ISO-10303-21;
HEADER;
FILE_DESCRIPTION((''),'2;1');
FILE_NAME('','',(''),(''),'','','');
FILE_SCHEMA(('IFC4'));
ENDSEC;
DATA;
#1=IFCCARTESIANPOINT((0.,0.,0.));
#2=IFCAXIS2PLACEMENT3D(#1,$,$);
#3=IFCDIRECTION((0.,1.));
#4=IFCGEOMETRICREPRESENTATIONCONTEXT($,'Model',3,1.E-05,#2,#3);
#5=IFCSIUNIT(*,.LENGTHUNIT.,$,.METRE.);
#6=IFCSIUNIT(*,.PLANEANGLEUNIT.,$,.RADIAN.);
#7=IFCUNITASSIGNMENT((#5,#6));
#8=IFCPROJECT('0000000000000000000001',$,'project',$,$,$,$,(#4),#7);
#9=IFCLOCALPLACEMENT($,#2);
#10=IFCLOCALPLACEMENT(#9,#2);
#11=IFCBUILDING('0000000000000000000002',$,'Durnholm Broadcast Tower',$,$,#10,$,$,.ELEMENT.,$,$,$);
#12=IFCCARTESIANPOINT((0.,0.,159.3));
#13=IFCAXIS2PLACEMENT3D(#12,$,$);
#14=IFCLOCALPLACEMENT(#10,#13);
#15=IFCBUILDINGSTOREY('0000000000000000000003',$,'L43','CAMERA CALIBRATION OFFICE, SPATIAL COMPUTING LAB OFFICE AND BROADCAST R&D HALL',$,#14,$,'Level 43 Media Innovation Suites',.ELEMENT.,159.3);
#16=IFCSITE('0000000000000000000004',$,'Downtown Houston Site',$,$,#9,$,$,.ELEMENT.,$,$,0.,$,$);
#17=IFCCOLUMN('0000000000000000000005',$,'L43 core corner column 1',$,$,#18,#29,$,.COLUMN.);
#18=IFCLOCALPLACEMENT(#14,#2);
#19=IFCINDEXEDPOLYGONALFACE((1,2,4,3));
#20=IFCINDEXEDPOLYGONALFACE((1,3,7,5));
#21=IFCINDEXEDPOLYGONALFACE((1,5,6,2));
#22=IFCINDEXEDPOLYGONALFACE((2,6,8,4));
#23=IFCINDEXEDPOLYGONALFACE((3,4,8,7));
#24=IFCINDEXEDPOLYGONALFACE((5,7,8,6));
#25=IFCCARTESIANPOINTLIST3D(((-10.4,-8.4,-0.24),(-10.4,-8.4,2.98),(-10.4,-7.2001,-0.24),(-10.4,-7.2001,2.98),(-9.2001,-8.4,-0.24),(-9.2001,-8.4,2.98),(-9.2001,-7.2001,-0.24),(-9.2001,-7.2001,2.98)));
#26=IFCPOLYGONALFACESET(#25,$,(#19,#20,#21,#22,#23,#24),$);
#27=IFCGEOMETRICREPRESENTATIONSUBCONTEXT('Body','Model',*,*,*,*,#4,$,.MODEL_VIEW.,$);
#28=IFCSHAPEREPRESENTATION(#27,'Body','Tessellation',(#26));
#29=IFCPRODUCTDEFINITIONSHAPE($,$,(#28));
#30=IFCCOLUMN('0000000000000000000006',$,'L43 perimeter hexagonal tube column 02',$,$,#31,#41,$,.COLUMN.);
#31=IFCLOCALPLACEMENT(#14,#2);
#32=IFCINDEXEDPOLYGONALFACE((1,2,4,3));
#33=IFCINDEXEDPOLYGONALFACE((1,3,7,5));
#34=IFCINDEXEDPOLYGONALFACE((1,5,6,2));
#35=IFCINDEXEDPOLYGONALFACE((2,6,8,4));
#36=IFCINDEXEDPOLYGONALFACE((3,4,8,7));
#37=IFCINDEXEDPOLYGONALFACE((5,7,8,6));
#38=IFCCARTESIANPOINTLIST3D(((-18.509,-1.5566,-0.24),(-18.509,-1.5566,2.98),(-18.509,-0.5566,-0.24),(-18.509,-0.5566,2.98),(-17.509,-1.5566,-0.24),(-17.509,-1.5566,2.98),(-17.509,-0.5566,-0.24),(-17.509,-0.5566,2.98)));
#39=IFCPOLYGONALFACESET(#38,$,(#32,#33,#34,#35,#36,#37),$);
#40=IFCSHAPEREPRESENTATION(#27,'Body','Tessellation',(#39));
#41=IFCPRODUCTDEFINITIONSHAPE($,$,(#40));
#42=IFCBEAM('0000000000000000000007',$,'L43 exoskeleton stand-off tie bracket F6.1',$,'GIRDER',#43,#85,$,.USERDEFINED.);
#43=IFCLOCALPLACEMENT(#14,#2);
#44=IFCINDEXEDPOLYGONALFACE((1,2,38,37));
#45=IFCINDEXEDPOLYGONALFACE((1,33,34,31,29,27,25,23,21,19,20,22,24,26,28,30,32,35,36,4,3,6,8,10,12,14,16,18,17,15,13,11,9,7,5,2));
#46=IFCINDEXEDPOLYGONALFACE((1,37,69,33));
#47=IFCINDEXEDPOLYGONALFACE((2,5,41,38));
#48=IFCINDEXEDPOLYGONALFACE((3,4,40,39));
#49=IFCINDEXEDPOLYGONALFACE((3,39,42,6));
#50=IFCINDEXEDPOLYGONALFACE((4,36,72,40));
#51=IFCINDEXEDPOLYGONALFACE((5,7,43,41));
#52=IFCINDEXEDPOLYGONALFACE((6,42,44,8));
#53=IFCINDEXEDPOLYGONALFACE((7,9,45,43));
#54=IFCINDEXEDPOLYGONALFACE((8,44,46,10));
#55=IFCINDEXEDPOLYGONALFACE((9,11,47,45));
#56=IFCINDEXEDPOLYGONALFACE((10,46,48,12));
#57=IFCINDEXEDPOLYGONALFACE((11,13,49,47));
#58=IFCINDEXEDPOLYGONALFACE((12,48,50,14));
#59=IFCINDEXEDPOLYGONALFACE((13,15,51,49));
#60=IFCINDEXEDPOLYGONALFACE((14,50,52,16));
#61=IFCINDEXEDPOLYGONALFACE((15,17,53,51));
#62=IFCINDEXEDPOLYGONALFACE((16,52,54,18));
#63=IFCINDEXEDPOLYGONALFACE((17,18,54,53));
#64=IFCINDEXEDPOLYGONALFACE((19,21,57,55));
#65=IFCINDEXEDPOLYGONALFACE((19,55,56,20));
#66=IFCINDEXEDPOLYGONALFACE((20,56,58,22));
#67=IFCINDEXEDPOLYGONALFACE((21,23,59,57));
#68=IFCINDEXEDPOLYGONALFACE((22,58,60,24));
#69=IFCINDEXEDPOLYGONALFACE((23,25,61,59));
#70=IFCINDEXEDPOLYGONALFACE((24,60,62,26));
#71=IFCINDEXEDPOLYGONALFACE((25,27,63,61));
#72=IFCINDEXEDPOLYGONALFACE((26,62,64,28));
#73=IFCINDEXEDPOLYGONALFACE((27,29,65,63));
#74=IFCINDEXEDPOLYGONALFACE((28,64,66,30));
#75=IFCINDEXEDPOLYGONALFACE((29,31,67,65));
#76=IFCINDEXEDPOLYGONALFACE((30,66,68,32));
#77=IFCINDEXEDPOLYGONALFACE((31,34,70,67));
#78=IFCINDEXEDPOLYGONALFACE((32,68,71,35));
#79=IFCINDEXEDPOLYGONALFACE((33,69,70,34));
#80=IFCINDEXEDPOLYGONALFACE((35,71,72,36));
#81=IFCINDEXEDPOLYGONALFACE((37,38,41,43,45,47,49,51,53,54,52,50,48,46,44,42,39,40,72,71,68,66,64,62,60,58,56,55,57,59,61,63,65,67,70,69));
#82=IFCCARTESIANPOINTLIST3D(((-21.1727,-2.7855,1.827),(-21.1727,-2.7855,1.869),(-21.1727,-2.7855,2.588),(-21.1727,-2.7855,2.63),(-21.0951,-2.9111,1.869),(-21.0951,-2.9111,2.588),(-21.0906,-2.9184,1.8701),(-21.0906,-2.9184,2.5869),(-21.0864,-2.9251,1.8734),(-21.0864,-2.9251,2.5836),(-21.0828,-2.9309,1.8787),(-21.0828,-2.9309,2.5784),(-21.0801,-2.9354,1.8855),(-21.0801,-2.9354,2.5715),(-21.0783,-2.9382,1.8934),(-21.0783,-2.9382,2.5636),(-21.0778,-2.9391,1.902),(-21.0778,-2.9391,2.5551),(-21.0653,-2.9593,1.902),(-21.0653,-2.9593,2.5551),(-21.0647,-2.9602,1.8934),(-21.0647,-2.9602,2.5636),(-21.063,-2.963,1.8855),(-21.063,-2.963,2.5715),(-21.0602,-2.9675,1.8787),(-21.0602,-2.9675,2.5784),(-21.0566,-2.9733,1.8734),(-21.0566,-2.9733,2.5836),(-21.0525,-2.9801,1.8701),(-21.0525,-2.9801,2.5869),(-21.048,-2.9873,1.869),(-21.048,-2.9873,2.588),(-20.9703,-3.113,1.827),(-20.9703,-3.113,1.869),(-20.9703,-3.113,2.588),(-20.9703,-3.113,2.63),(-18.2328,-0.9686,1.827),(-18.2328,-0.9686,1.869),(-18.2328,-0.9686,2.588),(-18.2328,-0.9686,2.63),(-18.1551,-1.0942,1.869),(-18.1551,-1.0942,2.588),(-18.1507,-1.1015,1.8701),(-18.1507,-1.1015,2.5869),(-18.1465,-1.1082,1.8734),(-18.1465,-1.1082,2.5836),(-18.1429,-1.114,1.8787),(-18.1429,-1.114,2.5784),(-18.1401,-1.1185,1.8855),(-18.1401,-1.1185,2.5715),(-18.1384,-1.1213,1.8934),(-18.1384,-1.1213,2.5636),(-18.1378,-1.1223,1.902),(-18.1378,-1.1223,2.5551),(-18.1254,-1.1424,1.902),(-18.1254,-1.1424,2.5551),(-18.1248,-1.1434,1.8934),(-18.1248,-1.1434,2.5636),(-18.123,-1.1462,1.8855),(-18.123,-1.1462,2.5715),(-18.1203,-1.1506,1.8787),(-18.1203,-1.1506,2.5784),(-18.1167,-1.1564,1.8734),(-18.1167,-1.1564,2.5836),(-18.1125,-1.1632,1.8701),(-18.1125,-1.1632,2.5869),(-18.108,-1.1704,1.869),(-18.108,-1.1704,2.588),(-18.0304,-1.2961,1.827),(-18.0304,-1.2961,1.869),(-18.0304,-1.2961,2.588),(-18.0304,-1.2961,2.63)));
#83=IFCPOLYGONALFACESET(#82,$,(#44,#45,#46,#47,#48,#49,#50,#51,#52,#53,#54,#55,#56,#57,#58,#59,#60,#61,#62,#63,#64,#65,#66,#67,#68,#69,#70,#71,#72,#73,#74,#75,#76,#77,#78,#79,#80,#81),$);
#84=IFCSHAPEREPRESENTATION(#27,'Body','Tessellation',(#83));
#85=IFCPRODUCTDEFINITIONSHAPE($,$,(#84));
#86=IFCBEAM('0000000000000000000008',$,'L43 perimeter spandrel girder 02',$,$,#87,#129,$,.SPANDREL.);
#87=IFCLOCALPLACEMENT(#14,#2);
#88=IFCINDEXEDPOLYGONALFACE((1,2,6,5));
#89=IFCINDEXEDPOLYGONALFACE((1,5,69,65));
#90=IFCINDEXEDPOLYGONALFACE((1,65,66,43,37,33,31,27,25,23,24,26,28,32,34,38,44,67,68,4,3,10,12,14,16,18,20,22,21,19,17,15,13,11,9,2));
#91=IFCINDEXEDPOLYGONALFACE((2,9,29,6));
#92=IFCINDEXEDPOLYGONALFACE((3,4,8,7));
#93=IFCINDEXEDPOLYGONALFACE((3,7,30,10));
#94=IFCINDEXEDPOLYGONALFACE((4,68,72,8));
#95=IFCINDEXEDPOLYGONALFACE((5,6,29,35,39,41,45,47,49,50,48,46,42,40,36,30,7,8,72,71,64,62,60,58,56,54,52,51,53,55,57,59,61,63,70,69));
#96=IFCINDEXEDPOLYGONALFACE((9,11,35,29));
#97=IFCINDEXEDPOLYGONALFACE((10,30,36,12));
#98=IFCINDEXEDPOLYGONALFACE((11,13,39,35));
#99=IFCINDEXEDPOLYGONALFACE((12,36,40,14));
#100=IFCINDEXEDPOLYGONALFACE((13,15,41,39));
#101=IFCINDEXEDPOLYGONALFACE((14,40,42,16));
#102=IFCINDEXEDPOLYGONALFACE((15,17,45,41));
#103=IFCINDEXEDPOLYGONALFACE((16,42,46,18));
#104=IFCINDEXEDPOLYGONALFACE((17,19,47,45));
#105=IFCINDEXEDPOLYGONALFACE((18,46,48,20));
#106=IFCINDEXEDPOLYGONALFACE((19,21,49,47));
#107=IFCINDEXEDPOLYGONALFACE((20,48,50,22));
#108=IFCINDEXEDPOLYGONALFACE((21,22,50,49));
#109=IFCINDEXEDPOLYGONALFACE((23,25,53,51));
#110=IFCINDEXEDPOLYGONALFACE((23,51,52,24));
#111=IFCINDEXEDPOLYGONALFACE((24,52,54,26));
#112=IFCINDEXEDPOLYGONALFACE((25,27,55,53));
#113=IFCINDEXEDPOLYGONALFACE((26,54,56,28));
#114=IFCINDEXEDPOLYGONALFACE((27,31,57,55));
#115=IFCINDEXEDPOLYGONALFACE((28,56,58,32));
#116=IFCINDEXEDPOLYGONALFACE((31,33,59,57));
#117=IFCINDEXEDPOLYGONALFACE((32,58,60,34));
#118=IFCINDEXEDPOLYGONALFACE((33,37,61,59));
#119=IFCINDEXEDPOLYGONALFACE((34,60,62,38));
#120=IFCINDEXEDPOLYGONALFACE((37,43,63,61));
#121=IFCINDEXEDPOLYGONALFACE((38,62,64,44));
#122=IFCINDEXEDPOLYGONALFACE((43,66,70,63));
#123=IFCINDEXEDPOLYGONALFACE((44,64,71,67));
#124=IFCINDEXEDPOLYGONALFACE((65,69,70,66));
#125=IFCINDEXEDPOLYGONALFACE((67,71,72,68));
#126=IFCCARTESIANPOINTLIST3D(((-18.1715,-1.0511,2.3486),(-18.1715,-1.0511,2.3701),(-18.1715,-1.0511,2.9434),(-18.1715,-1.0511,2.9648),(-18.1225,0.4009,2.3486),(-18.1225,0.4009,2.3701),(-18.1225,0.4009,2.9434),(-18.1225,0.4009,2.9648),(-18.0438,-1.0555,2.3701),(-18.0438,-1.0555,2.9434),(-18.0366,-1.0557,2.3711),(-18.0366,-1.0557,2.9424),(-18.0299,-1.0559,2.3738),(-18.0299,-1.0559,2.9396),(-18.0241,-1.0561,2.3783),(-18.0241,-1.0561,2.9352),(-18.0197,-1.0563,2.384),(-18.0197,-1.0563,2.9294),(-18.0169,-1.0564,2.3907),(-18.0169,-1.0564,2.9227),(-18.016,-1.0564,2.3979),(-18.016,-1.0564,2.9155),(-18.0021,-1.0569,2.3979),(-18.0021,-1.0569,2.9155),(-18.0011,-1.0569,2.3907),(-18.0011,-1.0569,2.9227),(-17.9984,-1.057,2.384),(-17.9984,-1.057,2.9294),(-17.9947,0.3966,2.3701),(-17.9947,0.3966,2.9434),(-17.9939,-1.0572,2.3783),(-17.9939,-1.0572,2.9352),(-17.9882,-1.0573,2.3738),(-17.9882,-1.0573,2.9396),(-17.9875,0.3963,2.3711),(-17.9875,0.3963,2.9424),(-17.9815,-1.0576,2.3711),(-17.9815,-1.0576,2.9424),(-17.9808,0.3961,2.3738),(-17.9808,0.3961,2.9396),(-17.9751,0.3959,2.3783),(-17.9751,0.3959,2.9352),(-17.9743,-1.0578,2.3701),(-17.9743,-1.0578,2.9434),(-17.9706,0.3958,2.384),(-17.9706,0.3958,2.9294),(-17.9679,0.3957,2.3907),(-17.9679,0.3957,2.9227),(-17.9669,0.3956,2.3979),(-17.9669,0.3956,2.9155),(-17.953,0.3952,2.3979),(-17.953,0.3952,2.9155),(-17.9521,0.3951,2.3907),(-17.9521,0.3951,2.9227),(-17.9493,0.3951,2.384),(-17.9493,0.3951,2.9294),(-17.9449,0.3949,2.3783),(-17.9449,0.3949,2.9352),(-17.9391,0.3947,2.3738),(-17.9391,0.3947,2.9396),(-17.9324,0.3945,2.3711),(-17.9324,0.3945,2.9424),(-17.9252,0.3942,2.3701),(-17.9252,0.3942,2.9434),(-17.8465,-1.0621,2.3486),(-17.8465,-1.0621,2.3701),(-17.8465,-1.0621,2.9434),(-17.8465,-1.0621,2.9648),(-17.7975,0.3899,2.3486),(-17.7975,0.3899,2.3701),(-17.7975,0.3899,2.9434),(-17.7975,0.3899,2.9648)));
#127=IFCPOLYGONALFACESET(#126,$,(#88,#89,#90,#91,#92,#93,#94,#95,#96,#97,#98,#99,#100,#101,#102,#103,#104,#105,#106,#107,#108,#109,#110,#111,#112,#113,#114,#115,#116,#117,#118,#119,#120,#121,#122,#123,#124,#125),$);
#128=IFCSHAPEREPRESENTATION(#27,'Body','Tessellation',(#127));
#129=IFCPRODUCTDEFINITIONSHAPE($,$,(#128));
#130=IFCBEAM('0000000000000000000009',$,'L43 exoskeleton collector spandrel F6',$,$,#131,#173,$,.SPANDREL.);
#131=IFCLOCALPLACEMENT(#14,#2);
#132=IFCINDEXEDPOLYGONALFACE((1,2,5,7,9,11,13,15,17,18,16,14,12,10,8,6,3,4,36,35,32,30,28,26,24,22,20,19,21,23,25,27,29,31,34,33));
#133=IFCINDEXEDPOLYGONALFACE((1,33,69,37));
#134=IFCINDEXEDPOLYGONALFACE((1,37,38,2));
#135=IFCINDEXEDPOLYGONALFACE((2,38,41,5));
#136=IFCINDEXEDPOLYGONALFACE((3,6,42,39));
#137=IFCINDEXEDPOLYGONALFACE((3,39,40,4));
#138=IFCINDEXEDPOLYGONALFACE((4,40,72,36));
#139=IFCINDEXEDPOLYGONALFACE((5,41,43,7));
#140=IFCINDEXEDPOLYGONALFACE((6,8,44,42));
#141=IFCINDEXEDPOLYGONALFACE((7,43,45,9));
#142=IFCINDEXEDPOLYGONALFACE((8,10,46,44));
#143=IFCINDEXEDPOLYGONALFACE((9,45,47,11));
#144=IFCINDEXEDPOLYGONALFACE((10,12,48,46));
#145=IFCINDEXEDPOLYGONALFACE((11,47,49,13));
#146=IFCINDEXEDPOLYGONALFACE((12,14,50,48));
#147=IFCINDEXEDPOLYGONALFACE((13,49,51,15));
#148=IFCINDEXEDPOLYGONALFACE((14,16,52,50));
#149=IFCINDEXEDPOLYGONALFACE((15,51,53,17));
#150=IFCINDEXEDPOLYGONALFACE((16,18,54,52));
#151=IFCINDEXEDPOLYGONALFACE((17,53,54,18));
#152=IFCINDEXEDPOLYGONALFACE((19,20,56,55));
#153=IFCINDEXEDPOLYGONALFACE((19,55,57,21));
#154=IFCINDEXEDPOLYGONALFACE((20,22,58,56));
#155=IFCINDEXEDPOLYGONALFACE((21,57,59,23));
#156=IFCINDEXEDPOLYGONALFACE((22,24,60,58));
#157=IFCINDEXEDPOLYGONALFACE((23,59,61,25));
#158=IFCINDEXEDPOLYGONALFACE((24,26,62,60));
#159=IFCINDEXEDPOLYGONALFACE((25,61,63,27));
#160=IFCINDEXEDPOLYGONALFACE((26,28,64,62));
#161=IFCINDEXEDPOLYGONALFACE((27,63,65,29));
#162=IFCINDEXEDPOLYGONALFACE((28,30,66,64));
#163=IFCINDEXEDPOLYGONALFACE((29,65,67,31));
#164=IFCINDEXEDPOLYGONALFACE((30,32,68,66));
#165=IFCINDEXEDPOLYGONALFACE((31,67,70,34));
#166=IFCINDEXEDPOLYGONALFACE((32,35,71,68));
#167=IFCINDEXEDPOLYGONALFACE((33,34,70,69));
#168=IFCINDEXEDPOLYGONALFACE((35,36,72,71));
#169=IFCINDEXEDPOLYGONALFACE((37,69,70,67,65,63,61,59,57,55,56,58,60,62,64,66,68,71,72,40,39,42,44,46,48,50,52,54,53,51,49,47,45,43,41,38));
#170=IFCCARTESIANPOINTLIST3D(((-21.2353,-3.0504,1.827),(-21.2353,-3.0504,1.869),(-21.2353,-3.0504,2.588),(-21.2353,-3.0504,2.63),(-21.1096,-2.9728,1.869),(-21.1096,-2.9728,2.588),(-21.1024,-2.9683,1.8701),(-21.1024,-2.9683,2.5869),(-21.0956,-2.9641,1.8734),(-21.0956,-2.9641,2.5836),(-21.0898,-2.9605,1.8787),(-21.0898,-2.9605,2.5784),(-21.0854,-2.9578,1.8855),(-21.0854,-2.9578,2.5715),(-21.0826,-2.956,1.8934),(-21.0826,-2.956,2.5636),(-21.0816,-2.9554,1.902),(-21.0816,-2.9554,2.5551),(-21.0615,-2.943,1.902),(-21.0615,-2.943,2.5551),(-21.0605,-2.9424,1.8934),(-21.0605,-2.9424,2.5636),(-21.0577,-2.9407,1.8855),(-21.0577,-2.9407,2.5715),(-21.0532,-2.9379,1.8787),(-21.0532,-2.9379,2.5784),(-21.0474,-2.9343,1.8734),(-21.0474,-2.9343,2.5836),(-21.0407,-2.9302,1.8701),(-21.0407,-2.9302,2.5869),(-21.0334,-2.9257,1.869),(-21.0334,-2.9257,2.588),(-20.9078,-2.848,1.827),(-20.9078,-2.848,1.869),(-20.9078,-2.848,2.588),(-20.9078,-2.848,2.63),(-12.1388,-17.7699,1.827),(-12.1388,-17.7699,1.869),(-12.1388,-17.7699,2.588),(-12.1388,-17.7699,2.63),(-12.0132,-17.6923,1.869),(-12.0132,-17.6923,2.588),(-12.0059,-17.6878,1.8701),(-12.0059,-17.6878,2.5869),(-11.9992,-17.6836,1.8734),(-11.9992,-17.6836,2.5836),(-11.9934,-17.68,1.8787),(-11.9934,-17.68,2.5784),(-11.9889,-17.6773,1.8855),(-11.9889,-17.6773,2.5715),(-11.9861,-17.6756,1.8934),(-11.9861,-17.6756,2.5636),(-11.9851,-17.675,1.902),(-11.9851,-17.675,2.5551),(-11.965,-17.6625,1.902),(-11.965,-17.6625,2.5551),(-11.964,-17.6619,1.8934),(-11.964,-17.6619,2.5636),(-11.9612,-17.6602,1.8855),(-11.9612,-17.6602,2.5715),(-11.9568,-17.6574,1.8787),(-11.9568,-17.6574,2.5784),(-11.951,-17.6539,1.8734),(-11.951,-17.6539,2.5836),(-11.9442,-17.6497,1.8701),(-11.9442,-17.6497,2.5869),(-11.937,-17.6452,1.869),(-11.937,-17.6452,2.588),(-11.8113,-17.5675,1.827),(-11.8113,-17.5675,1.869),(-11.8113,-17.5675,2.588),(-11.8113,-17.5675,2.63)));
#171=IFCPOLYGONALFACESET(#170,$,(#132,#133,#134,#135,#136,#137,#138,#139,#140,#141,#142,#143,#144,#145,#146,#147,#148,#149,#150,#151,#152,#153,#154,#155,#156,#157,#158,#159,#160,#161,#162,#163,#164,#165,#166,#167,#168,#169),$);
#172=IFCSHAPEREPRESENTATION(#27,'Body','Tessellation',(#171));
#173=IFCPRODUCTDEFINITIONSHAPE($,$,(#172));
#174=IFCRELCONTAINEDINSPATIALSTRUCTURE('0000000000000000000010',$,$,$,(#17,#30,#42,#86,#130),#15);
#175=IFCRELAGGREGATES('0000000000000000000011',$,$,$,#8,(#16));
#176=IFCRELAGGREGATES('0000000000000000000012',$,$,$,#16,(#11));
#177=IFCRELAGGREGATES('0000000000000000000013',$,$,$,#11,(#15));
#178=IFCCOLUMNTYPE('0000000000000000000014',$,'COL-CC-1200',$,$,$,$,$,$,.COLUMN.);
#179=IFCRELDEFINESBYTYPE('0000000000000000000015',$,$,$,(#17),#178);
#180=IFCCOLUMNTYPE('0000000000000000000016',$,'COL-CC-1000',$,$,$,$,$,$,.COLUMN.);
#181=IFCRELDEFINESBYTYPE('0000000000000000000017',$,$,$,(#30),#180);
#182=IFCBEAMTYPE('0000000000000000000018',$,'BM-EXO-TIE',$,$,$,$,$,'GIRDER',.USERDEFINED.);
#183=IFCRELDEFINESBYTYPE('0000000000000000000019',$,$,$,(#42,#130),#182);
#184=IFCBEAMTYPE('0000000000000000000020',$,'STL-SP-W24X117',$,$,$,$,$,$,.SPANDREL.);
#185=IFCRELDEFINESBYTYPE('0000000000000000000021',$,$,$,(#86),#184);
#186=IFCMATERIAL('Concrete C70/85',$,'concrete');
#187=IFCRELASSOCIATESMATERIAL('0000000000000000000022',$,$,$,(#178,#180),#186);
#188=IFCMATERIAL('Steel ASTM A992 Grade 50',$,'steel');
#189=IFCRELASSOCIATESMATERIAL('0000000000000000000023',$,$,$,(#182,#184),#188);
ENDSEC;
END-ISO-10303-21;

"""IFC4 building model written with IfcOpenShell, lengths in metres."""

from ifc_helpers import new_model, si_unit, direction, frame, origin, origin_2d, place, context, subcontext, project, spatial, rectangle, i_section, extrude, source, transform, mapped, material, material_profile, profile_set, type_object, type_shapes, element, save


model = new_model("IFC4")

# Units and contexts
model_context = context("Model", 3, precision=1e-05, world=origin(), true_north=direction((0.0, 1.0)))
body_context = subcontext(model_context, "Body", "Model", "MODEL_VIEW")
ifc_project = project(units=[si_unit("LENGTHUNIT", "METRE"), si_unit("PLANEANGLEUNIT", "RADIAN")], contexts=[model_context])

# Site, building, storey
site_placement = place(None, origin())
site = spatial("IfcSite", under=ifc_project, at=site_placement, Name="Downtown Houston Site", CompositionType="ELEMENT", RefElevation=0.0)
building_placement = place(site_placement, origin())
building = spatial("IfcBuilding", under=site, at=building_placement, Name="Durnholm Broadcast Tower", CompositionType="ELEMENT")
storey_placement = place(building_placement, frame((0.0, 0.0, 159.3)))
storey = spatial("IfcBuildingStorey", under=building, at=storey_placement, Name="L43", Description="CAMERA CALIBRATION OFFICE, SPATIAL COMPUTING LAB OFFICE AND BROADCAST R&D HALL", LongName="Level 43 Media Innovation Suites", CompositionType="ELEMENT", Elevation=159.3)

# Columns
ifc_material_1 = material(Name="Concrete C70/85", Category="concrete")
ifc_material_profile_1 = material_profile(ifc_material_1, rectangle(XDim=1.2, YDim=1.2, at=origin_2d()), Name="RC1200X1200")
ifc_profile_set_1 = profile_set([ifc_material_profile_1], Name="Concrete C70/85")
column_type_1 = type_object("IfcColumnType", Name="COL-CC-1200", PredefinedType="COLUMN", material=ifc_profile_set_1)
shared_shape_1 = source(origin(), body_context, "Body", "SweptSolid", [
    extrude(rectangle(XDim=1.2, YDim=1.2, at=origin_2d()), origin(), (0.0, 0.0, 1.0), 3.22),
])
type_shapes(column_type_1, [shared_shape_1])
column_1_placement = place(storey_placement, frame((-9.8, -7.8, -0.24), z_axis=(0.0, 0.0, 1.0), x_axis=(1.0, 0.0, 0.0)))
element("IfcColumn", 1, at=column_1_placement, inside=storey, type_object=column_type_1, Name="L43 core corner column 1", PredefinedType="COLUMN", context=body_context, shape_type="MappedRepresentation", body=[
    mapped(shared_shape_1, transform((0.0, 0.0, 0.0), x_axis=(1.0, 0.0, 0.0), y_axis=(0.0, 1.0, 0.0), z_axis=(0.0, 0.0, 1.0), scale=1.0)),
])
ifc_material_profile_2 = material_profile(ifc_material_1, rectangle(XDim=1.0, YDim=1.0, at=origin_2d()), Name="RC1000X1000")
ifc_profile_set_2 = profile_set([ifc_material_profile_2], Name="Concrete C70/85")
column_type_2 = type_object("IfcColumnType", Name="COL-CC-1000", PredefinedType="COLUMN", material=ifc_profile_set_2)
shared_shape_2 = source(origin(), body_context, "Body", "SweptSolid", [
    extrude(rectangle(XDim=1.0, YDim=1.0, at=origin_2d()), origin(), (0.0, 0.0, 1.0), 3.22),
])
type_shapes(column_type_2, [shared_shape_2])
column_2_placement = place(storey_placement, frame((-18.009, -1.0566, -0.24), z_axis=(0.0, 0.0, 1.0), x_axis=(1.0, 0.0, 0.0)))
element("IfcColumn", 2, at=column_2_placement, inside=storey, type_object=column_type_2, Name="L43 perimeter hexagonal tube column 02", PredefinedType="COLUMN", context=body_context, shape_type="MappedRepresentation", body=[
    mapped(shared_shape_2, transform((0.0, 0.0, 0.0), x_axis=(1.0, 0.0, 0.0), y_axis=(0.0, 1.0, 0.0), z_axis=(0.0, 0.0, 1.0), scale=1.0)),
])

# Beams
ifc_material_2 = material(Name="Steel ASTM A992 Grade 50", Category="steel")
ifc_material_profile_3 = material_profile(ifc_material_2, i_section(OverallWidth=0.385, OverallDepth=0.803, WebThickness=0.0237, FlangeThickness=0.042, FilletRadius=0.033, at=origin_2d()), Name="W30X261")
ifc_profile_set_3 = profile_set([ifc_material_profile_3], Name="Steel ASTM A992 Grade 50")
beam_type_1 = type_object("IfcBeamType", Name="BM-EXO-TIE", ElementType="GIRDER", PredefinedType="USERDEFINED", material=ifc_profile_set_3)
shared_shape_3 = source(origin(), body_context, "Body", "SweptSolid", [
    extrude(i_section(OverallWidth=0.385, OverallDepth=0.803, WebThickness=0.0237, FlangeThickness=0.042, FilletRadius=0.033, at=origin_2d()), origin(), (0.0, 0.0, 1.0), 3.4561),
])
beam_1_placement = place(storey_placement, frame((-18.1316, -1.1323, 2.2285), z_axis=(-0.850662, -0.525712, 0.0), x_axis=(0.525712, -0.850662, 0.0)))
element("IfcBeam", 3, at=beam_1_placement, inside=storey, type_object=beam_type_1, Name="L43 exoskeleton stand-off tie bracket F6.1", ObjectType="GIRDER", PredefinedType="USERDEFINED", context=body_context, shape_type="MappedRepresentation", body=[
    mapped(shared_shape_3, transform((0.0, 0.0, 0.0), x_axis=(1.0, 0.0, 0.0), y_axis=(0.0, 1.0, 0.0), z_axis=(0.0, 0.0, 1.0), scale=1.0)),
])
ifc_material_profile_4 = material_profile(ifc_material_2, i_section(OverallWidth=0.3252, OverallDepth=0.6162, WebThickness=0.0139, FlangeThickness=0.0215, FilletRadius=0.0278, at=origin_2d()), Name="W24X117")
ifc_profile_set_4 = profile_set([ifc_material_profile_4], Name="Steel ASTM A992 Grade 50")
beam_type_2 = type_object("IfcBeamType", Name="STL-SP-W24X117", PredefinedType="SPANDREL", material=ifc_profile_set_4)
shared_shape_4 = source(origin(), body_context, "Body", "SweptSolid", [
    extrude(i_section(OverallWidth=0.3252, OverallDepth=0.6162, WebThickness=0.0139, FlangeThickness=0.0215, FilletRadius=0.0278, at=origin_2d()), origin(), (0.0, 0.0, 1.0), 1.4529),
])
type_shapes(beam_type_2, [shared_shape_4])
beam_2_placement = place(storey_placement, frame((-18.009, -1.0566, 2.6567), z_axis=(0.033774, 0.99943, 0.0), x_axis=(-0.99943, 0.033774, 0.0)))
element("IfcBeam", 4, at=beam_2_placement, inside=storey, type_object=beam_type_2, Name="L43 perimeter spandrel girder 02", PredefinedType="SPANDREL", context=body_context, shape_type="MappedRepresentation", body=[
    mapped(shared_shape_4, transform((0.0, 0.0, 0.0), x_axis=(1.0, 0.0, 0.0), y_axis=(0.0, 1.0, 0.0), z_axis=(0.0, 0.0, 1.0), scale=1.0)),
])
shared_shape_5 = source(origin(), body_context, "Body", "SweptSolid", [
    extrude(i_section(OverallWidth=0.385, OverallDepth=0.803, WebThickness=0.0237, FlangeThickness=0.042, FilletRadius=0.033, at=origin_2d()), origin(), (0.0, 0.0, 1.0), 17.3035),
])
type_shapes(beam_type_1, [shared_shape_3, shared_shape_5])
beam_3_placement = place(storey_placement, frame((-21.0715, -2.9492, 2.2285), z_axis=(0.525702, -0.850669, 0.0), x_axis=(0.850669, 0.525702, 0.0)))
element("IfcBeam", 5, at=beam_3_placement, inside=storey, type_object=beam_type_1, Name="L43 exoskeleton collector spandrel F6", PredefinedType="SPANDREL", context=body_context, shape_type="MappedRepresentation", body=[
    mapped(shared_shape_5, transform((0.0, 0.0, 0.0), x_axis=(1.0, 0.0, 0.0), y_axis=(0.0, 1.0, 0.0), z_axis=(0.0, 0.0, 1.0), scale=1.0)),
])

save(model, "model.ifc")
